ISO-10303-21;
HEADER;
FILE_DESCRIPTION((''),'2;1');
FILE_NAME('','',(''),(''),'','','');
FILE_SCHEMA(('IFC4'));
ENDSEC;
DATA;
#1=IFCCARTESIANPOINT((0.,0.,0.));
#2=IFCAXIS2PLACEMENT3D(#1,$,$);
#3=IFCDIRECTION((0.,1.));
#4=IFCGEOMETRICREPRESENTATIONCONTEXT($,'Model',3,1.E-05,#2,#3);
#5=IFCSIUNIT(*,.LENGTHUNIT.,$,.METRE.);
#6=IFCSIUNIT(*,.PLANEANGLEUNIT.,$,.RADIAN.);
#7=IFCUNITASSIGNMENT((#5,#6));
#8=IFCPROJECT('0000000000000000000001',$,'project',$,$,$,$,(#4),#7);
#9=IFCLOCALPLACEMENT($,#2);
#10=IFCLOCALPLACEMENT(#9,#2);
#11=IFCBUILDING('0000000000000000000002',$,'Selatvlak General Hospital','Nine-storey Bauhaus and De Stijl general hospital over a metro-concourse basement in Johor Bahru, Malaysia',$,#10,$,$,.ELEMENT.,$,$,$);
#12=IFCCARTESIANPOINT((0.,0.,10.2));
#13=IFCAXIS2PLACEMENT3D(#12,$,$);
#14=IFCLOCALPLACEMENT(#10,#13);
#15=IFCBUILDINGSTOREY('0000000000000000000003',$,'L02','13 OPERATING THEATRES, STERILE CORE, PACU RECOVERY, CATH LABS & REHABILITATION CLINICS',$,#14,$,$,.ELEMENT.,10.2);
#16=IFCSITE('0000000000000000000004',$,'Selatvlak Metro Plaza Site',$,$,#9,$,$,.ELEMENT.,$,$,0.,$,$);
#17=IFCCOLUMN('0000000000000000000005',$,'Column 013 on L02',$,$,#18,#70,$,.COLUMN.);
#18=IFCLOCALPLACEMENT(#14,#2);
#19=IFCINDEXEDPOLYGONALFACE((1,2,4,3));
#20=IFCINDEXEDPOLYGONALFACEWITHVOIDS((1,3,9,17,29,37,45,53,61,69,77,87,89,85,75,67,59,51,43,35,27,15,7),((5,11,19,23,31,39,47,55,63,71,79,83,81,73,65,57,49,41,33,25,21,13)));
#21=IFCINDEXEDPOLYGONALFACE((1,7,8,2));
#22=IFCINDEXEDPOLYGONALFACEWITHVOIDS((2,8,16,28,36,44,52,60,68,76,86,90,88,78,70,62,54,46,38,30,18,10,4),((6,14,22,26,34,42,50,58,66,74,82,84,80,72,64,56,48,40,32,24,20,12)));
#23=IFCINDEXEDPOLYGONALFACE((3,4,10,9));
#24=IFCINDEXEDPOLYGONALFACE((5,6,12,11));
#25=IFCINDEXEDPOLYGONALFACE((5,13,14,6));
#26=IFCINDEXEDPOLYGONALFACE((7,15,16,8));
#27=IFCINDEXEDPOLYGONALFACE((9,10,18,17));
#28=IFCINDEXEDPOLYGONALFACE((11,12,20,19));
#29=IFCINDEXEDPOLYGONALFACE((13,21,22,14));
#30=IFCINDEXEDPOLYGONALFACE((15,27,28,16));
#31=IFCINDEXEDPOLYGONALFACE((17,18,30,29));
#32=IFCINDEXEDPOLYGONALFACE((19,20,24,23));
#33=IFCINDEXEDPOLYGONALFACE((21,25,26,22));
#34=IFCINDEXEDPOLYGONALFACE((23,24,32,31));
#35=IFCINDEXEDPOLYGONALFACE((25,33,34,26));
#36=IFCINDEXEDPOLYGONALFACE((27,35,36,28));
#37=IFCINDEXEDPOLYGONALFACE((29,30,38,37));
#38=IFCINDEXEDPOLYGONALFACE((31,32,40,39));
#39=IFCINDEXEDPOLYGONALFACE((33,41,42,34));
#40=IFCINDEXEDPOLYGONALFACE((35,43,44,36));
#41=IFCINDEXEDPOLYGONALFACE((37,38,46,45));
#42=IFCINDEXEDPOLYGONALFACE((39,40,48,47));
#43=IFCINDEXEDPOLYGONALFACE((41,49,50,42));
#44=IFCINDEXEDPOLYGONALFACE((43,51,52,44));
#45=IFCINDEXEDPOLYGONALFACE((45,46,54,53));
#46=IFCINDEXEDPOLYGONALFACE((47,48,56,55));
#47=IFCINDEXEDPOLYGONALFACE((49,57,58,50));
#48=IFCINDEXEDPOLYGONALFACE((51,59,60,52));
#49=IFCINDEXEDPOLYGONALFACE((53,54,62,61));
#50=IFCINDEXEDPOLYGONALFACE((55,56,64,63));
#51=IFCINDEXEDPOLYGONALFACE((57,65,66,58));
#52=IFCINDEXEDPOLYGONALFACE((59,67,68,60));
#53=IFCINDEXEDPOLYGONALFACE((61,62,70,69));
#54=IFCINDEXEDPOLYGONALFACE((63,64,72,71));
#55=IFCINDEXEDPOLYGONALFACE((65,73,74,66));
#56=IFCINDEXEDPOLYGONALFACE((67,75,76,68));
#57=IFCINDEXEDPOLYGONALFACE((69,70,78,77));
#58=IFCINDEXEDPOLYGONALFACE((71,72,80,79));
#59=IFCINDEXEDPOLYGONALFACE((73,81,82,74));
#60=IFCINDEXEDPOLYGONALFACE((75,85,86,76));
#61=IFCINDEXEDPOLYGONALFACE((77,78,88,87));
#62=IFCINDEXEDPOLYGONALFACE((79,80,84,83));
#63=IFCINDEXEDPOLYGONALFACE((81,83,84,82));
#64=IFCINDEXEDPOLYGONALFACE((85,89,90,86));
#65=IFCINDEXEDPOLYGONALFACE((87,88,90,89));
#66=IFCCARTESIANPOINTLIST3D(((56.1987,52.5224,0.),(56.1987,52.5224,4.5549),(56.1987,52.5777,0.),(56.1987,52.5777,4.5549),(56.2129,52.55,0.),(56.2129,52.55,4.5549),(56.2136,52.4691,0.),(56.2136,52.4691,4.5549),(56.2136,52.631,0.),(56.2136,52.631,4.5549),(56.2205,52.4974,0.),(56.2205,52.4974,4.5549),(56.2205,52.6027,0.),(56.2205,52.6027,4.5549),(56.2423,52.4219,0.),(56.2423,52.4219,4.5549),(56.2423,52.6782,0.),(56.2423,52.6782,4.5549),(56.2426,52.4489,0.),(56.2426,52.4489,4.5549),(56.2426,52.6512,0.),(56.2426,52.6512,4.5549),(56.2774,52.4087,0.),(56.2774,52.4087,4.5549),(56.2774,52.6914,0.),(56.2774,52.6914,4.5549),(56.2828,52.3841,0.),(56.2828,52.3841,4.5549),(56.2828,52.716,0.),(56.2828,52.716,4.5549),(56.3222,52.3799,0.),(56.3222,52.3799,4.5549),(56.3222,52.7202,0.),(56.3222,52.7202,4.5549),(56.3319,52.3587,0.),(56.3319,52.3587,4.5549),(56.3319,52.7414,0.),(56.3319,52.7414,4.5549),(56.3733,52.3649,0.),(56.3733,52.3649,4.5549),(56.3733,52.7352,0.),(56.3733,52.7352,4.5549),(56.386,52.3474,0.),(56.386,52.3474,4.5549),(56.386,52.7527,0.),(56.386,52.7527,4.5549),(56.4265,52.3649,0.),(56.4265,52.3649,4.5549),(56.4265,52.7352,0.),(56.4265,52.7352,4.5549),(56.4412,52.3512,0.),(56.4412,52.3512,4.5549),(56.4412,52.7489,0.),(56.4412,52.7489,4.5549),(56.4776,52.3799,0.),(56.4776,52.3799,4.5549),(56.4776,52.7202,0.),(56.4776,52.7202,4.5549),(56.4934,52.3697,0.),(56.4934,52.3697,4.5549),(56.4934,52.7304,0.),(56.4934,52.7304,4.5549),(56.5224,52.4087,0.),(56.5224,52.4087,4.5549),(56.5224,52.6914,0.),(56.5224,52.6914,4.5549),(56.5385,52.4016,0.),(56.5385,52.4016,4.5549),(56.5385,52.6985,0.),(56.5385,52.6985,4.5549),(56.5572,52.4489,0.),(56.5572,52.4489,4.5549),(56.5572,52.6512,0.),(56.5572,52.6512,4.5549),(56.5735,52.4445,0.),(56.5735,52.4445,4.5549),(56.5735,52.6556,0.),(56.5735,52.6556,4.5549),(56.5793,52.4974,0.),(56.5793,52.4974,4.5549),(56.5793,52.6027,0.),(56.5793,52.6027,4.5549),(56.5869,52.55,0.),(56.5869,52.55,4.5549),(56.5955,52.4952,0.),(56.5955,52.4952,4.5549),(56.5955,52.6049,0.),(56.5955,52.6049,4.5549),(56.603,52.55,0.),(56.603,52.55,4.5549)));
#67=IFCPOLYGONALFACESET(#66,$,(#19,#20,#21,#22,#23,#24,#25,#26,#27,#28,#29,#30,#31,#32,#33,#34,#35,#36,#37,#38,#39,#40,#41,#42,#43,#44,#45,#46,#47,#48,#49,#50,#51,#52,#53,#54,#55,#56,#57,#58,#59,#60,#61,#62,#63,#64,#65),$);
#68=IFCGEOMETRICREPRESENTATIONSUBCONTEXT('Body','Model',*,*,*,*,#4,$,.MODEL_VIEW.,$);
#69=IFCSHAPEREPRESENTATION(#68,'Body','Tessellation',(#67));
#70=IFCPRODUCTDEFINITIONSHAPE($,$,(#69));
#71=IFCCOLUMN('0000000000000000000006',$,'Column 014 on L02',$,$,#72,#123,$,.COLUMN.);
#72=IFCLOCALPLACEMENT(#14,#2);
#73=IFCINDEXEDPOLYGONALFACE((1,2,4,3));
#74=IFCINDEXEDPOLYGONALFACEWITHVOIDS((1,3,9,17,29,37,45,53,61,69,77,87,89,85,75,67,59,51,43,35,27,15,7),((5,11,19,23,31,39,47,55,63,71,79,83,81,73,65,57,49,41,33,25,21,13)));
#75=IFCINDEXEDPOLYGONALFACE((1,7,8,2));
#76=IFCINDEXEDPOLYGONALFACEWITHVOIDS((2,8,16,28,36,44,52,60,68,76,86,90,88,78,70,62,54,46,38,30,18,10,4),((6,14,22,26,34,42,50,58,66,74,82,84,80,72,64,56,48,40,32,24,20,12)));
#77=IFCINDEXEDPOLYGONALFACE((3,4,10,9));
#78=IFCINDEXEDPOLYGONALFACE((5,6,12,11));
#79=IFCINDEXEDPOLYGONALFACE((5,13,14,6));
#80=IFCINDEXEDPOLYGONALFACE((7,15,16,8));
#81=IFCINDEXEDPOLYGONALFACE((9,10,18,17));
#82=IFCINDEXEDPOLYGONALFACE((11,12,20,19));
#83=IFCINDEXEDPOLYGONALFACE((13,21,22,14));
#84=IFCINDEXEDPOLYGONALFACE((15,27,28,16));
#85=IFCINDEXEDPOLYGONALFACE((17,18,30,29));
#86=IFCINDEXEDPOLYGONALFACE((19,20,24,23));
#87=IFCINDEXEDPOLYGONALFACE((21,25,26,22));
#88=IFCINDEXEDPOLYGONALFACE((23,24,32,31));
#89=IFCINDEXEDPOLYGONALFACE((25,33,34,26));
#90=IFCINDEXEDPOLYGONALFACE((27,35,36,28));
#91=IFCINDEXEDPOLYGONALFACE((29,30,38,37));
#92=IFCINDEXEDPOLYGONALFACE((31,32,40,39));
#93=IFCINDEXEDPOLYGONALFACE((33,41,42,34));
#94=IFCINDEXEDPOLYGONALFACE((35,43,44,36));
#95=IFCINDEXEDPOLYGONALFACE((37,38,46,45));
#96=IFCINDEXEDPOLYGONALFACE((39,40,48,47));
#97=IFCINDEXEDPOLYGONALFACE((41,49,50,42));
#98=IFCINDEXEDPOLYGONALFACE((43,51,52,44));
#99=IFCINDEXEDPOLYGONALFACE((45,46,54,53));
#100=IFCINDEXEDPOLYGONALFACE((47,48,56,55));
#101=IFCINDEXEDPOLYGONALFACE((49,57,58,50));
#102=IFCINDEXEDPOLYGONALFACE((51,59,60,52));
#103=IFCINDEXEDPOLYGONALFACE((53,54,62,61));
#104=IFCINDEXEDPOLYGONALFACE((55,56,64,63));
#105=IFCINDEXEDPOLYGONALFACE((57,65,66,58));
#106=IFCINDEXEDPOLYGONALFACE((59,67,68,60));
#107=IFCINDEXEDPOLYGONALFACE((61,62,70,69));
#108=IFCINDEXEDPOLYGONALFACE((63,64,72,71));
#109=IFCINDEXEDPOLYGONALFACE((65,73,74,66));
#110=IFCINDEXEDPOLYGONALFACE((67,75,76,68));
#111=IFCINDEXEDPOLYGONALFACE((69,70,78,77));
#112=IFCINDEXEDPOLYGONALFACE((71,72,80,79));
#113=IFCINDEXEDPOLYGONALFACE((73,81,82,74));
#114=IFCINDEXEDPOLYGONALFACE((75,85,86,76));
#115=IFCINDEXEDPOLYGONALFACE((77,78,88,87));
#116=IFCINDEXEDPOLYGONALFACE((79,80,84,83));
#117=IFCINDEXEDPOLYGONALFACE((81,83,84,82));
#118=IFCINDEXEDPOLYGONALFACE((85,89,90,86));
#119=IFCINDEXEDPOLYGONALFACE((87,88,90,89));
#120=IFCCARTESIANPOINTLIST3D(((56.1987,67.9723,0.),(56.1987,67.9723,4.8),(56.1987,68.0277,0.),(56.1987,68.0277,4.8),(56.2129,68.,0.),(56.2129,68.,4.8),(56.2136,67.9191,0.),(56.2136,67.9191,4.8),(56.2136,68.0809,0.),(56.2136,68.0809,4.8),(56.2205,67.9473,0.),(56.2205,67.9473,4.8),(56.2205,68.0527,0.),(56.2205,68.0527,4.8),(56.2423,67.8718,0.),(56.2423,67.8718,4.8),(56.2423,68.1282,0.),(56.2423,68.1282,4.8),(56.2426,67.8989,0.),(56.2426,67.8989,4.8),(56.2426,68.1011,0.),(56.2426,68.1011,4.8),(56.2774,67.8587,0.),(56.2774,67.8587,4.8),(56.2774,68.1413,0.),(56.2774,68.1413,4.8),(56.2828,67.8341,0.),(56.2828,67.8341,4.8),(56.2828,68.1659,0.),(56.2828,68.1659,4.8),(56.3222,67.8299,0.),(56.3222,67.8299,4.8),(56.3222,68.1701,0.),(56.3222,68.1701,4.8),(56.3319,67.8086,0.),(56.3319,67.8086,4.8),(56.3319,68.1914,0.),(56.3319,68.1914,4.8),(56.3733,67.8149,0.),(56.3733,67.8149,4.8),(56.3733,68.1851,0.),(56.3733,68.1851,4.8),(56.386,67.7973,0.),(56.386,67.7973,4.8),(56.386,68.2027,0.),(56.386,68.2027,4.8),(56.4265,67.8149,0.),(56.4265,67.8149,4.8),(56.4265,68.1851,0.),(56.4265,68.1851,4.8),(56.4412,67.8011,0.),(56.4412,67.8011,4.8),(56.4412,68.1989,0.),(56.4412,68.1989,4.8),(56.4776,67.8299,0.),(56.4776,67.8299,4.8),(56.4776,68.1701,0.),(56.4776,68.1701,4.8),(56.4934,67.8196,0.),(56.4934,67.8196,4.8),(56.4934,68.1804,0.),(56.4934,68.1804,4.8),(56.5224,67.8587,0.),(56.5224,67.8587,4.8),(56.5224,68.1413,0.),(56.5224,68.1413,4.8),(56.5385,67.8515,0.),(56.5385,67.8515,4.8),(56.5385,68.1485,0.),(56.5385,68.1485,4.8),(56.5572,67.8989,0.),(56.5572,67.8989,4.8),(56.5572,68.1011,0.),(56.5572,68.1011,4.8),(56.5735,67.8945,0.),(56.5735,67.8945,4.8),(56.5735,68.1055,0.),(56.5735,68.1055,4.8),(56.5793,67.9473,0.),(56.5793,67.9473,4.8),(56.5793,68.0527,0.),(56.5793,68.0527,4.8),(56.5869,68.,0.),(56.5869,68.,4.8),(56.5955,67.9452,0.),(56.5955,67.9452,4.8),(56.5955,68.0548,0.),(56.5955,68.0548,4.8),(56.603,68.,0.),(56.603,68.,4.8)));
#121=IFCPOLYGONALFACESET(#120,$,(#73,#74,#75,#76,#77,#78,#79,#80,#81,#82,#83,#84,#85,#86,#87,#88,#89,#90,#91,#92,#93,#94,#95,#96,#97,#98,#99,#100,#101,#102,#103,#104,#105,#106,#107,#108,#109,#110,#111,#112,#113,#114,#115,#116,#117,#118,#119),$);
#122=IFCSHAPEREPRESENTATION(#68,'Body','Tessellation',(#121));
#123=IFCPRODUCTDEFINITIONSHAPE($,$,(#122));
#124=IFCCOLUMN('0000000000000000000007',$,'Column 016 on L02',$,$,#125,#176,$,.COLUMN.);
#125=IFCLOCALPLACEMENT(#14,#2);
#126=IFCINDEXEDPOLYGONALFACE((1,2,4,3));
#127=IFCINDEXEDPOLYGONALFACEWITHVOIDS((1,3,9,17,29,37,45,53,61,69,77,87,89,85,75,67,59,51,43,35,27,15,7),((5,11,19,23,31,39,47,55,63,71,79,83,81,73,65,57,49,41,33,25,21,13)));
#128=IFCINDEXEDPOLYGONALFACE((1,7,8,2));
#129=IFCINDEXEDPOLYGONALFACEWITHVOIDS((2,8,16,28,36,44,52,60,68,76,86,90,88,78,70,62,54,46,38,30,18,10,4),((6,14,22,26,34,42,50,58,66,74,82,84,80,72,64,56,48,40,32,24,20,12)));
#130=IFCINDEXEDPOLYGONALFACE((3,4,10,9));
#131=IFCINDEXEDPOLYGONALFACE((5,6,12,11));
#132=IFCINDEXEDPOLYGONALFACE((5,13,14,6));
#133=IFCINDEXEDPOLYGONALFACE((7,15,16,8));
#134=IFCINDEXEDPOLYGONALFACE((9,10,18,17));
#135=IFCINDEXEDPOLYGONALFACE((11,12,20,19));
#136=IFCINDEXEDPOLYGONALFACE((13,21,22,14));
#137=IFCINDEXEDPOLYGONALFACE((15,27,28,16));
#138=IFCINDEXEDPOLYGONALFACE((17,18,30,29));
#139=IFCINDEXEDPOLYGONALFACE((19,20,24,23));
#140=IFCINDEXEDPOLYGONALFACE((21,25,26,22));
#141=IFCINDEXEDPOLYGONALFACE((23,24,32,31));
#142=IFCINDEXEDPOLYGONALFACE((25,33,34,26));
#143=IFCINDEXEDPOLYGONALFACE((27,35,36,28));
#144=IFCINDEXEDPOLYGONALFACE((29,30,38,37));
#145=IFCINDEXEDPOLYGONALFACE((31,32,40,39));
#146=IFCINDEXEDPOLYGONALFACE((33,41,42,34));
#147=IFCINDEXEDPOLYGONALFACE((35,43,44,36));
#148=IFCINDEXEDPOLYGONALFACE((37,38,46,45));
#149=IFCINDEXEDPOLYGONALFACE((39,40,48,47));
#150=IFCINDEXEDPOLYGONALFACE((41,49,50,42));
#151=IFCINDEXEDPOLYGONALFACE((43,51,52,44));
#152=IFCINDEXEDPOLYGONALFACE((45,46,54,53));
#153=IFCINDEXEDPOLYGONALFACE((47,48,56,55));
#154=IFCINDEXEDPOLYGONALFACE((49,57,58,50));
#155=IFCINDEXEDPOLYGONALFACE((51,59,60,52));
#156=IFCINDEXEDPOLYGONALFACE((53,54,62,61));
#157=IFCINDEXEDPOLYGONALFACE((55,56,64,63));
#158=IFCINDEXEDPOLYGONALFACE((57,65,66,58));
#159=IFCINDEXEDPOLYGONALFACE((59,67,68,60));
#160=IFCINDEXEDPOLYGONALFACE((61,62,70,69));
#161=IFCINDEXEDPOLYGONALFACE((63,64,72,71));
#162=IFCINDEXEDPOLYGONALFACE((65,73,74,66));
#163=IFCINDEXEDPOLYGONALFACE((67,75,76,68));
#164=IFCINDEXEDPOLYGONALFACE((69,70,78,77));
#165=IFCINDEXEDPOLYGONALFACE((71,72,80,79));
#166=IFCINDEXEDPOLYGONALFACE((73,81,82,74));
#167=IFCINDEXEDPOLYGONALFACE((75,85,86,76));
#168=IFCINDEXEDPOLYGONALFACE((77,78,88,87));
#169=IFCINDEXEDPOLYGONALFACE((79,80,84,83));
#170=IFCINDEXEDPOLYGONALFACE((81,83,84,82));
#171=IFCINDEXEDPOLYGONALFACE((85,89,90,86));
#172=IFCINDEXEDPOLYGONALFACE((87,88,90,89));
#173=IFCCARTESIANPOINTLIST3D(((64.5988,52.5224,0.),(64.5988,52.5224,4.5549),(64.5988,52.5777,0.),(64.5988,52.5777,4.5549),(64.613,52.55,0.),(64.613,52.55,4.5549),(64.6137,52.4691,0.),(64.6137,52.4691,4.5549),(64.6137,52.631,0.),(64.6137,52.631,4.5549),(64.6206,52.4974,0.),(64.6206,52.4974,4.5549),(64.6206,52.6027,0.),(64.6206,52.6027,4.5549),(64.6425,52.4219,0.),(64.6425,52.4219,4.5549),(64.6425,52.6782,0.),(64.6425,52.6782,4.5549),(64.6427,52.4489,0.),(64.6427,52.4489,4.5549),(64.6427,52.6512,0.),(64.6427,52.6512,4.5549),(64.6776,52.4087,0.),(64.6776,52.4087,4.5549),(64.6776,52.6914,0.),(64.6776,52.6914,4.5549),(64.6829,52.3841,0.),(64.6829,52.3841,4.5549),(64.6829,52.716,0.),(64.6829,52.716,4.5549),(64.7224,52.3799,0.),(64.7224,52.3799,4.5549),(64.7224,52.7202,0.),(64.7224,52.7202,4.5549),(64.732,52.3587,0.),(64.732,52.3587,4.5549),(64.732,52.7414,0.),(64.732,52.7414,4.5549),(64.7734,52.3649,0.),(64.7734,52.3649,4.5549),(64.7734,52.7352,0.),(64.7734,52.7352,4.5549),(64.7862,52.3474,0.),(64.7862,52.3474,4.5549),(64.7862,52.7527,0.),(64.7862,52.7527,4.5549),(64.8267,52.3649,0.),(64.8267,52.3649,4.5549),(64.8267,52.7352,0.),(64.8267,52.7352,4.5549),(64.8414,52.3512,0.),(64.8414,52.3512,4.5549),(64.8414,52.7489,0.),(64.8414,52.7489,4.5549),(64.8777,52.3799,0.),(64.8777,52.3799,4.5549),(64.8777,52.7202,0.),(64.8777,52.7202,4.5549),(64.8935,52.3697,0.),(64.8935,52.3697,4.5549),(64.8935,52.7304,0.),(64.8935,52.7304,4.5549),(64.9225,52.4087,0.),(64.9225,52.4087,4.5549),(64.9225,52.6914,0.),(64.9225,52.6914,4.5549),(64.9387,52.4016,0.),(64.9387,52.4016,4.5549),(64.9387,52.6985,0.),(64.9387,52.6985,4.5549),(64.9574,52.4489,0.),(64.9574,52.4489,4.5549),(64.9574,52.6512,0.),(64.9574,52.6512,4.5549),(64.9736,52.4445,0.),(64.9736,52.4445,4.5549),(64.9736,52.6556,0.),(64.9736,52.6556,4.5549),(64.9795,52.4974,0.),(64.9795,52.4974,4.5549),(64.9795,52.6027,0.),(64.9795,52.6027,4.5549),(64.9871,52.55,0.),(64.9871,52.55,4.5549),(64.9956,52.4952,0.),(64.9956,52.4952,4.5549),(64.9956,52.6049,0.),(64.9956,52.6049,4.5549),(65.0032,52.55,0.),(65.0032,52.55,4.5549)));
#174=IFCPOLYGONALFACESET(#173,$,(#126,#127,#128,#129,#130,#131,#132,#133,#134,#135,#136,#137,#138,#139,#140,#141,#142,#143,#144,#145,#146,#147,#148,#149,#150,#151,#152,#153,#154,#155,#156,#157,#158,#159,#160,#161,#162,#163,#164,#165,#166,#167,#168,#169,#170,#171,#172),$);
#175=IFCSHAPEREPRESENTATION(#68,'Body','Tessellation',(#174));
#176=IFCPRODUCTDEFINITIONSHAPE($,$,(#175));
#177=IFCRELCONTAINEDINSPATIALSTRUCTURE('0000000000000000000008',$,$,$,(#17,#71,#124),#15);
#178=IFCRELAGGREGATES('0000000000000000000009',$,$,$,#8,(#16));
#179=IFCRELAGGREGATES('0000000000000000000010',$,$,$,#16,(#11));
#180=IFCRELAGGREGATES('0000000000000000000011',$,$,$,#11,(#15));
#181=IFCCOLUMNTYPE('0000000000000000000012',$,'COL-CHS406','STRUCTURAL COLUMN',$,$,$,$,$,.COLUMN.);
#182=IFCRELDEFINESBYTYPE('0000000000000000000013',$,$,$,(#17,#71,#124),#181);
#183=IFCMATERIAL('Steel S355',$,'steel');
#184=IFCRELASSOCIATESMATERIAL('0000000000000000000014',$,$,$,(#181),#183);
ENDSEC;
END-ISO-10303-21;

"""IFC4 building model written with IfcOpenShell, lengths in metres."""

from ifc_helpers import new_model, si_unit, direction, frame, origin, origin_2d, place, context, subcontext, project, spatial, hollow_circle, extrude, material, material_profile, profile_set, type_object, element, save


model = new_model("IFC4")

# Units and contexts
model_context = context("Model", 3, precision=1e-05, world=origin(), true_north=direction((0.0, 1.0)))
body_context = subcontext(model_context, "Body", "Model", "MODEL_VIEW")
ifc_project = project(units=[si_unit("LENGTHUNIT", "METRE"), si_unit("PLANEANGLEUNIT", "RADIAN")], contexts=[model_context])

# Site, building, storey
site_placement = place(None, origin())
site = spatial("IfcSite", under=ifc_project, at=site_placement, Name="Selatvlak Metro Plaza Site", CompositionType="ELEMENT", RefElevation=0.0)
building_placement = place(site_placement, origin())
building = spatial("IfcBuilding", under=site, at=building_placement, Name="Selatvlak General Hospital", Description="Nine-storey Bauhaus and De Stijl general hospital over a metro-concourse basement in Johor Bahru, Malaysia", CompositionType="ELEMENT")
storey_placement = place(building_placement, frame((0.0, 0.0, 10.2)))
storey = spatial("IfcBuildingStorey", under=building, at=storey_placement, Name="L02", Description="13 OPERATING THEATRES, STERILE CORE, PACU RECOVERY, CATH LABS & REHABILITATION CLINICS", CompositionType="ELEMENT", Elevation=10.2)

# Columns
ifc_material_1 = material(Name="Steel S355", Category="steel")
ifc_material_profile_1 = material_profile(ifc_material_1, hollow_circle(Radius=0.2031, WallThickness=0.0161, at=origin_2d()), Name="CHS 406.4x16")
ifc_profile_set_1 = profile_set([ifc_material_profile_1], Name="Steel S355")
column_type = type_object("IfcColumnType", Name="COL-CHS406", Description="STRUCTURAL COLUMN", PredefinedType="COLUMN", material=ifc_profile_set_1)
column_1_placement = place(storey_placement, frame((56.3999, 52.55, 0.0), z_axis=(0.0, 0.0, 1.0), x_axis=(1.0, 0.0, 0.0)))
element("IfcColumn", 1, at=column_1_placement, inside=storey, type_object=column_type, Name="Column 013 on L02", PredefinedType="COLUMN", context=body_context, shape_type="SweptSolid", body=[
    extrude(hollow_circle(Radius=0.2031, WallThickness=0.0161, at=origin_2d()), origin(), (0.0, 0.0, 1.0), 4.5549),
])
column_2_placement = place(storey_placement, frame((56.3999, 68.0, 0.0), z_axis=(0.0, 0.0, 1.0), x_axis=(1.0, 0.0, 0.0)))
element("IfcColumn", 2, at=column_2_placement, inside=storey, type_object=column_type, Name="Column 014 on L02", PredefinedType="COLUMN", context=body_context, shape_type="SweptSolid", body=[
    extrude(hollow_circle(Radius=0.2031, WallThickness=0.0161, at=origin_2d()), origin(), (0.0, 0.0, 1.0), 4.8),
])
column_3_placement = place(storey_placement, frame((64.8, 52.55, 0.0), z_axis=(0.0, 0.0, 1.0), x_axis=(1.0, 0.0, 0.0)))
element("IfcColumn", 3, at=column_3_placement, inside=storey, type_object=column_type, Name="Column 016 on L02", PredefinedType="COLUMN", context=body_context, shape_type="SweptSolid", body=[
    extrude(hollow_circle(Radius=0.2031, WallThickness=0.0161, at=origin_2d()), origin(), (0.0, 0.0, 1.0), 4.5549),
])

save(model, "model.ifc")
